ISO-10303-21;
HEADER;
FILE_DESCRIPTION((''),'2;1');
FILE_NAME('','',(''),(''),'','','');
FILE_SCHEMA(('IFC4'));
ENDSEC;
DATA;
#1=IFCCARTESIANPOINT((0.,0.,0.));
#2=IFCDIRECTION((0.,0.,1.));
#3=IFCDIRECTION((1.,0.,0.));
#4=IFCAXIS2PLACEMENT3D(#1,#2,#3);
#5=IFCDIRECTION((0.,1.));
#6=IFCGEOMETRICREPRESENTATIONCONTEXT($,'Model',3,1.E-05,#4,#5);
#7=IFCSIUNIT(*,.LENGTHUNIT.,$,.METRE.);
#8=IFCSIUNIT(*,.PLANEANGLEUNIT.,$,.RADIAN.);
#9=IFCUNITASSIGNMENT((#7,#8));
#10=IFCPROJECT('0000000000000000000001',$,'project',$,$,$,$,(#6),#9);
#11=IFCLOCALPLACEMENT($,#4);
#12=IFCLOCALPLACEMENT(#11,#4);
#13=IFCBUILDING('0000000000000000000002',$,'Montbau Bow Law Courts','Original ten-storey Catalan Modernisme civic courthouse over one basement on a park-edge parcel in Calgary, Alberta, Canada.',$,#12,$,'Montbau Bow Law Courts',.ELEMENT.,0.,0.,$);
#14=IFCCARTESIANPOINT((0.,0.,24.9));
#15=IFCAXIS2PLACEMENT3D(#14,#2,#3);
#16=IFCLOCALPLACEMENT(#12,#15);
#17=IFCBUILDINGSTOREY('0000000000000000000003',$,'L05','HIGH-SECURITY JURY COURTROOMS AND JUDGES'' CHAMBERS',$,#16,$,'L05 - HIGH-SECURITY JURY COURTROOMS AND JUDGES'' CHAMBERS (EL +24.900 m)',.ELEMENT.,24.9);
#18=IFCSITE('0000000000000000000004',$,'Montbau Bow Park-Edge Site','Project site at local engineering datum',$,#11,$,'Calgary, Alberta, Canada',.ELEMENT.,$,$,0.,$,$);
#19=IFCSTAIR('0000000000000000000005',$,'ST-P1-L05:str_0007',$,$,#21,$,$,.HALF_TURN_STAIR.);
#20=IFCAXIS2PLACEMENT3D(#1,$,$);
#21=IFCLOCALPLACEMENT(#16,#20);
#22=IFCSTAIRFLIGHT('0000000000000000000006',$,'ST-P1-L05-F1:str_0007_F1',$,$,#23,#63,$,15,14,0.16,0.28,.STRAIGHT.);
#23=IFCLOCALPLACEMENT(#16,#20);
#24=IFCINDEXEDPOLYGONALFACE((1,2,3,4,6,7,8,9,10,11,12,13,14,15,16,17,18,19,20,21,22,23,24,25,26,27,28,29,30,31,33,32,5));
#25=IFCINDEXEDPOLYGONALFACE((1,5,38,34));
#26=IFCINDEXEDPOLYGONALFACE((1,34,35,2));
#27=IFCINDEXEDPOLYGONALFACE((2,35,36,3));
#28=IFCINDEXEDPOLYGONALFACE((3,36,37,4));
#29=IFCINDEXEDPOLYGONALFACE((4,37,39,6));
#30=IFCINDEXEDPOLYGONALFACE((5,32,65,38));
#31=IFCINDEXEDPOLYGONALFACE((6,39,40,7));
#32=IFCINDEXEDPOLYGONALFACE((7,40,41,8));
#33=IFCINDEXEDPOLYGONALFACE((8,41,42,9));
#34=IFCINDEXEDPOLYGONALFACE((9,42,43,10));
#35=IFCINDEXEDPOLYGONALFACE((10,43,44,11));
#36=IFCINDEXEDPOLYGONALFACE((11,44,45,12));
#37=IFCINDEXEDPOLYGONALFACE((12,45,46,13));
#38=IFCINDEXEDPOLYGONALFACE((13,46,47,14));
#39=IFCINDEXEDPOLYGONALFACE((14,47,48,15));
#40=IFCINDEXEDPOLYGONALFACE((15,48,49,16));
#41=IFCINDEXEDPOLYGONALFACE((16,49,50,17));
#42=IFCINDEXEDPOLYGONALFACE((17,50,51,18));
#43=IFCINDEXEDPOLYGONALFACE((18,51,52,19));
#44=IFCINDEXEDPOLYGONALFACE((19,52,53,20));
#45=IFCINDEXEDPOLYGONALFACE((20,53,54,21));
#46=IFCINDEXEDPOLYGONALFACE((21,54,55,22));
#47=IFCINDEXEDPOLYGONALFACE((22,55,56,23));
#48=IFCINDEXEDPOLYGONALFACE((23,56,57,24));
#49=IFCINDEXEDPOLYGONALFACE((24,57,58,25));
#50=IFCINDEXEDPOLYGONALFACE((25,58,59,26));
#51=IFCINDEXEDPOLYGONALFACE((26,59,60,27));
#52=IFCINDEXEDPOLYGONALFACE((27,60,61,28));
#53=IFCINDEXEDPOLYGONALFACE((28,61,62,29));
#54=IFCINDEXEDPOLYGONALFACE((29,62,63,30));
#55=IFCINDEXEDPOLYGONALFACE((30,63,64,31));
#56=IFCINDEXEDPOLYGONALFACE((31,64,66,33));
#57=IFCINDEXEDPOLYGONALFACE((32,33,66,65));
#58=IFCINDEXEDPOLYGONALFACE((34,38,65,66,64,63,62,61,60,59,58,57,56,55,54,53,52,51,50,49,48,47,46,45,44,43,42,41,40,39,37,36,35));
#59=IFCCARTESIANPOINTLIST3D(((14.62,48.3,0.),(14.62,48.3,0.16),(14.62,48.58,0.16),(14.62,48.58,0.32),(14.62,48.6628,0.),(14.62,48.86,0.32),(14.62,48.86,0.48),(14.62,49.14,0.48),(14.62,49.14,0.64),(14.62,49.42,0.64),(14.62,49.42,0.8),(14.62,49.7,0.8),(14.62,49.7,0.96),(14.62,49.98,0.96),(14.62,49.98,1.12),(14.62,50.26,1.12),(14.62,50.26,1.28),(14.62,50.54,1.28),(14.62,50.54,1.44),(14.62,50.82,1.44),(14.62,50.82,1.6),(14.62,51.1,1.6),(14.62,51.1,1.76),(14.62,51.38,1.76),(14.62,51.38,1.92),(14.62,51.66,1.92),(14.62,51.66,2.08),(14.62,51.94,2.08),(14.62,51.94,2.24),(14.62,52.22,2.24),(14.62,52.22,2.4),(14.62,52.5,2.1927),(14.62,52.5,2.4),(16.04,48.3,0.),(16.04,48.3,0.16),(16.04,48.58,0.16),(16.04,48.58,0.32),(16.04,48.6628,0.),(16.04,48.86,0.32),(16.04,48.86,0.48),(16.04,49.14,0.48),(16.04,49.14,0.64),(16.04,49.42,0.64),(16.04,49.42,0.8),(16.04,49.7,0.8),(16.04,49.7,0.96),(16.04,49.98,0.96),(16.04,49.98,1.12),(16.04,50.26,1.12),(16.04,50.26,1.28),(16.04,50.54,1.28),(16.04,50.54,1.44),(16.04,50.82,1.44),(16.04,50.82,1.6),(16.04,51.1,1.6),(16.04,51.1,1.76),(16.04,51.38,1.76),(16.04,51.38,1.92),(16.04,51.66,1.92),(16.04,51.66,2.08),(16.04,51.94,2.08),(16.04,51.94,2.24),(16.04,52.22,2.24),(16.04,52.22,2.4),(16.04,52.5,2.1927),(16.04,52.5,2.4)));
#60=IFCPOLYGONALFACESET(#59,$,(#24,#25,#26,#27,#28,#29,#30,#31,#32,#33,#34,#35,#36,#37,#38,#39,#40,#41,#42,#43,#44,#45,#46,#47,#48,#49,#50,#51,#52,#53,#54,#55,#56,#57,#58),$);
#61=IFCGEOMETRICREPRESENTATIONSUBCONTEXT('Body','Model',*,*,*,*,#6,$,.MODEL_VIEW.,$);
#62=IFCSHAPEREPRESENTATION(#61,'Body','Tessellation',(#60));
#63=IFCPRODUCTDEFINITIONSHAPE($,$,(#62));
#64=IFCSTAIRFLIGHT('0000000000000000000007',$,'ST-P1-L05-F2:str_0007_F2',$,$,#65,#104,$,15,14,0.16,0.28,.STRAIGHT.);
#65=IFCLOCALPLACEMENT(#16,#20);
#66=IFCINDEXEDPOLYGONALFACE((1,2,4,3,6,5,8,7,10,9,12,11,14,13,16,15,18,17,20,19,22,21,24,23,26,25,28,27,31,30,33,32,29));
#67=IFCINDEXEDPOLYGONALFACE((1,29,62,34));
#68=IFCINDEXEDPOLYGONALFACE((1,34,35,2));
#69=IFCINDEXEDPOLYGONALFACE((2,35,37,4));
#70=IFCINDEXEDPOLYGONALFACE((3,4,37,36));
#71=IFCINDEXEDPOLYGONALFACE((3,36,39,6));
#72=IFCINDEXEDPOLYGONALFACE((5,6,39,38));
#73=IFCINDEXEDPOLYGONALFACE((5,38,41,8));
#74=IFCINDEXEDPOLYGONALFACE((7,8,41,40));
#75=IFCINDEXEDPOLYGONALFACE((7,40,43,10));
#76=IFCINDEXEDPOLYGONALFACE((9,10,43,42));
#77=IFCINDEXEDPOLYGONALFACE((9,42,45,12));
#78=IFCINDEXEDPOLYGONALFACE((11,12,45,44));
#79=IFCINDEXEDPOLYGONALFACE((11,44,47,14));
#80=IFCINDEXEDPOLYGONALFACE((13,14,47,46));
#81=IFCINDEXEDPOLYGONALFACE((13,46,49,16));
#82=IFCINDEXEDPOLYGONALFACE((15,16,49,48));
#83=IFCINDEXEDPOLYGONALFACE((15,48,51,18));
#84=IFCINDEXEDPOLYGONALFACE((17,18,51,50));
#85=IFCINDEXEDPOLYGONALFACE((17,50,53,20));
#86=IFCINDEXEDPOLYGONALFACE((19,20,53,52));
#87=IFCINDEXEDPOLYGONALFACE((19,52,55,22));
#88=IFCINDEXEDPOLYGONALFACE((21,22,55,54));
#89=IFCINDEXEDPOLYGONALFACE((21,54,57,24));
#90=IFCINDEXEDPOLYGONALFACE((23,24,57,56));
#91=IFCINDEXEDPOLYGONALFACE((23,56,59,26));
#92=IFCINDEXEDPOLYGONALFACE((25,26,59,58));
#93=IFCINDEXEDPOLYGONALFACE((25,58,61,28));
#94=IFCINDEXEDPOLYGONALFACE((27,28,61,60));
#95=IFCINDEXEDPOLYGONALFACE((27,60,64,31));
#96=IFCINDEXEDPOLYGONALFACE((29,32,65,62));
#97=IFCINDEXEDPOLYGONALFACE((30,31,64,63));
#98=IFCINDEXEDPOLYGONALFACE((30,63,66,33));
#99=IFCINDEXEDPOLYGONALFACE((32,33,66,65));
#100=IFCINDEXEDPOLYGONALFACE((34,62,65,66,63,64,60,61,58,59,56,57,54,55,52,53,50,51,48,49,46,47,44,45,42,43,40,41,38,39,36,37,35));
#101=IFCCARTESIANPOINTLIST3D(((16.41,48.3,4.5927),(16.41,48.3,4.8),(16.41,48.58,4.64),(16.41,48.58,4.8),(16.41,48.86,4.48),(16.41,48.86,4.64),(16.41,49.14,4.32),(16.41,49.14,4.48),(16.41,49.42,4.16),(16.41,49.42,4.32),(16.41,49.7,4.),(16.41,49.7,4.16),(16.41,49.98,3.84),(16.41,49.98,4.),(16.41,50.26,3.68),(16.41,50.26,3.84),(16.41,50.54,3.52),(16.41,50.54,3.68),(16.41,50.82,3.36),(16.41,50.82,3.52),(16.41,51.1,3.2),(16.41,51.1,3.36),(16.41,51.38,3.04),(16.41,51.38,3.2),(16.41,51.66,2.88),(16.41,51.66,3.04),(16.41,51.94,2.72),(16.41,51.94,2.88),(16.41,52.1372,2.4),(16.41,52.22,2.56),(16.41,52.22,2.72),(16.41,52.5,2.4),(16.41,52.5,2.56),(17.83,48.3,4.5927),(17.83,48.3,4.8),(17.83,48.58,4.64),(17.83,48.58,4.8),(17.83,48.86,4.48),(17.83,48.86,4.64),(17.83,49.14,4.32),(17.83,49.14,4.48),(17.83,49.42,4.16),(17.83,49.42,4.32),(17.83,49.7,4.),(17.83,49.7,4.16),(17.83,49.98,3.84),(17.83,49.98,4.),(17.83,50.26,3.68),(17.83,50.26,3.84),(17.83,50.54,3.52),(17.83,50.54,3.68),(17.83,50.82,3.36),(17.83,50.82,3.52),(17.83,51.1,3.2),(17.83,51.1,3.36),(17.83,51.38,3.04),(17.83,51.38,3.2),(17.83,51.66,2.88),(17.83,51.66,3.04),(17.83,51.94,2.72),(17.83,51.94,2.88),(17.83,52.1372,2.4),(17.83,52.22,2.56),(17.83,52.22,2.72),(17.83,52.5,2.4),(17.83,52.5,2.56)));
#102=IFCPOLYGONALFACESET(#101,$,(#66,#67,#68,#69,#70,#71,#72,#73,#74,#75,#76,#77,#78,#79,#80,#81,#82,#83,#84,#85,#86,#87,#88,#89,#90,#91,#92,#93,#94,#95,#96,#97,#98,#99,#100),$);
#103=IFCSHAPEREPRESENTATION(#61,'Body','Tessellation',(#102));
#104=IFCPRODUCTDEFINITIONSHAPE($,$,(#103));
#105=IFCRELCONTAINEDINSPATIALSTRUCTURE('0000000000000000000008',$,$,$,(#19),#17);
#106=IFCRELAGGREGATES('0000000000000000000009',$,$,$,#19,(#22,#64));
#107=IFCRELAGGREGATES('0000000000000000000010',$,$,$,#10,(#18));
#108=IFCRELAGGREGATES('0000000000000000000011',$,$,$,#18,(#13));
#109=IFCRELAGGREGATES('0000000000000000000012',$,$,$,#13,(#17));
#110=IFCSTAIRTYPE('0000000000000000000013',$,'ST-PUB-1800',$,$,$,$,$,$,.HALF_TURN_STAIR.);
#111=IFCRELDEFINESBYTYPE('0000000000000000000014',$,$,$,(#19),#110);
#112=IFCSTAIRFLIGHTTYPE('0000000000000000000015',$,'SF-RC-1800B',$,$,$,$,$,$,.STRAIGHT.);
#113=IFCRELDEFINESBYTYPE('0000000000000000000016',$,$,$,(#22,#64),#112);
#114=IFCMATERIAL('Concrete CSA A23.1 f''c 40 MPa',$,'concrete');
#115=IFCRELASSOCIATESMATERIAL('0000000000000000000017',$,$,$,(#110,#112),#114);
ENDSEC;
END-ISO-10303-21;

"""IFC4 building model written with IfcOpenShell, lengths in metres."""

from ifc_helpers import new_model, si_unit, direction, frame, origin_with_axes, place, context, subcontext, project, spatial, polyline, outline, extrude, material, type_object, element, aggregate, save


model = new_model("IFC4")

# Units and contexts
model_context = context("Model", 3, precision=1e-05, world=origin_with_axes(), true_north=direction((0.0, 1.0)))
body_context = subcontext(model_context, "Body", "Model", "MODEL_VIEW")
ifc_project = project(units=[si_unit("LENGTHUNIT", "METRE"), si_unit("PLANEANGLEUNIT", "RADIAN")], contexts=[model_context])

# Site, building, storey
site_placement = place(None, origin_with_axes())
site = spatial("IfcSite", under=ifc_project, at=site_placement, Name="Montbau Bow Park-Edge Site", Description="Project site at local engineering datum", LongName="Calgary, Alberta, Canada", CompositionType="ELEMENT", RefElevation=0.0)
building_placement = place(site_placement, origin_with_axes())
building = spatial("IfcBuilding", under=site, at=building_placement, Name="Montbau Bow Law Courts", Description="Original ten-storey Catalan Modernisme civic courthouse over one basement on a park-edge parcel in Calgary, Alberta, Canada.", LongName="Montbau Bow Law Courts", CompositionType="ELEMENT", ElevationOfRefHeight=0.0, ElevationOfTerrain=0.0)
storey_placement = place(building_placement, frame((0.0, 0.0, 24.9), z_axis=(0.0, 0.0, 1.0), x_axis=(1.0, 0.0, 0.0)))
storey = spatial("IfcBuildingStorey", under=building, at=storey_placement, Name="L05", Description="HIGH-SECURITY JURY COURTROOMS AND JUDGES' CHAMBERS", LongName="L05 - HIGH-SECURITY JURY COURTROOMS AND JUDGES' CHAMBERS (EL +24.900 m)", CompositionType="ELEMENT", Elevation=24.9)

# Stair, stair flights
ifc_material_1 = material(Name="Concrete CSA A23.1 f'c 40 MPa", Category="concrete")
stair_type = type_object("IfcStairType", Name="ST-PUB-1800", PredefinedType="HALF_TURN_STAIR", material=ifc_material_1)
stair_placement = place(None, frame((15.33, 48.3, 24.9), z_axis=(0.0, 0.0, 1.0), x_axis=(1.0, 0.0, 0.0)))
stair = element("IfcStair", 1, at=stair_placement, inside=storey, type_object=stair_type, Name="ST-P1-L05:str_0007", PredefinedType="HALF_TURN_STAIR")
stair_flight_type = type_object("IfcStairFlightType", Name="SF-RC-1800B", PredefinedType="STRAIGHT", material=ifc_material_1)
stair_flight_1_placement = place(None, frame((15.33, 48.3, 24.9), z_axis=(0.0, 0.0, 1.0), x_axis=(0.0, 1.0, 0.0)))
stair_flight_1 = element("IfcStairFlight", 2, at=stair_flight_1_placement, type_object=stair_flight_type, Name="ST-P1-L05-F1:str_0007_F1", NumberOfRisers=15, NumberOfTreads=14, PredefinedType="STRAIGHT", RiserHeight=0.16, TreadLength=0.28, context=body_context, shape_type="SweptSolid", body=[
    extrude(outline(polyline([(0.0, 0.0), (0.0, 0.16), (0.28, 0.16), (0.28, 0.32), (0.56, 0.32), (0.56, 0.48), (0.84, 0.48), (0.84, 0.64), (1.12, 0.64), (1.12, 0.8), (1.4, 0.8), (1.4, 0.96), (1.68, 0.96), (1.68, 1.12), (1.96, 1.12), (1.96, 1.28), (2.24, 1.28), (2.24, 1.44), (2.52, 1.44), (2.52, 1.6), (2.8, 1.6), (2.8, 1.76), (3.08, 1.76), (3.08, 1.92), (3.36, 1.92), (3.36, 2.08), (3.64, 2.08), (3.64, 2.24), (3.92, 2.24), (3.92, 2.4), (4.2, 2.4), (4.2, 2.1927), (0.3628, 0.0), (0.0, 0.0)])), frame((0.0, 0.71, 0.0), z_axis=(0.0, -1.0, 0.0), x_axis=(1.0, 0.0, 0.0)), (0.0, 0.0, 1.0), 1.42),
])
stair_flight_2_placement = place(None, frame((17.12, 52.5, 27.3), z_axis=(0.0, 0.0, 1.0), x_axis=(0.0, -1.0, 0.0)))
stair_flight_2 = element("IfcStairFlight", 3, at=stair_flight_2_placement, type_object=stair_flight_type, Name="ST-P1-L05-F2:str_0007_F2", NumberOfRisers=15, NumberOfTreads=14, PredefinedType="STRAIGHT", RiserHeight=0.16, TreadLength=0.28, context=body_context, shape_type="SweptSolid", body=[
    extrude(outline(polyline([(0.0, 0.0), (0.0, 0.16), (0.28, 0.16), (0.28, 0.32), (0.56, 0.32), (0.56, 0.48), (0.84, 0.48), (0.84, 0.64), (1.12, 0.64), (1.12, 0.8), (1.4, 0.8), (1.4, 0.96), (1.68, 0.96), (1.68, 1.12), (1.96, 1.12), (1.96, 1.28), (2.24, 1.28), (2.24, 1.44), (2.52, 1.44), (2.52, 1.6), (2.8, 1.6), (2.8, 1.76), (3.08, 1.76), (3.08, 1.92), (3.36, 1.92), (3.36, 2.08), (3.64, 2.08), (3.64, 2.24), (3.92, 2.24), (3.92, 2.4), (4.2, 2.4), (4.2, 2.1927), (0.3628, 0.0), (0.0, 0.0)])), frame((0.0, 0.71, 0.0), z_axis=(0.0, -1.0, 0.0), x_axis=(1.0, 0.0, 0.0)), (0.0, 0.0, 1.0), 1.42),
])
aggregate(stair, [stair_flight_1, stair_flight_2])

save(model, "model.ifc")
